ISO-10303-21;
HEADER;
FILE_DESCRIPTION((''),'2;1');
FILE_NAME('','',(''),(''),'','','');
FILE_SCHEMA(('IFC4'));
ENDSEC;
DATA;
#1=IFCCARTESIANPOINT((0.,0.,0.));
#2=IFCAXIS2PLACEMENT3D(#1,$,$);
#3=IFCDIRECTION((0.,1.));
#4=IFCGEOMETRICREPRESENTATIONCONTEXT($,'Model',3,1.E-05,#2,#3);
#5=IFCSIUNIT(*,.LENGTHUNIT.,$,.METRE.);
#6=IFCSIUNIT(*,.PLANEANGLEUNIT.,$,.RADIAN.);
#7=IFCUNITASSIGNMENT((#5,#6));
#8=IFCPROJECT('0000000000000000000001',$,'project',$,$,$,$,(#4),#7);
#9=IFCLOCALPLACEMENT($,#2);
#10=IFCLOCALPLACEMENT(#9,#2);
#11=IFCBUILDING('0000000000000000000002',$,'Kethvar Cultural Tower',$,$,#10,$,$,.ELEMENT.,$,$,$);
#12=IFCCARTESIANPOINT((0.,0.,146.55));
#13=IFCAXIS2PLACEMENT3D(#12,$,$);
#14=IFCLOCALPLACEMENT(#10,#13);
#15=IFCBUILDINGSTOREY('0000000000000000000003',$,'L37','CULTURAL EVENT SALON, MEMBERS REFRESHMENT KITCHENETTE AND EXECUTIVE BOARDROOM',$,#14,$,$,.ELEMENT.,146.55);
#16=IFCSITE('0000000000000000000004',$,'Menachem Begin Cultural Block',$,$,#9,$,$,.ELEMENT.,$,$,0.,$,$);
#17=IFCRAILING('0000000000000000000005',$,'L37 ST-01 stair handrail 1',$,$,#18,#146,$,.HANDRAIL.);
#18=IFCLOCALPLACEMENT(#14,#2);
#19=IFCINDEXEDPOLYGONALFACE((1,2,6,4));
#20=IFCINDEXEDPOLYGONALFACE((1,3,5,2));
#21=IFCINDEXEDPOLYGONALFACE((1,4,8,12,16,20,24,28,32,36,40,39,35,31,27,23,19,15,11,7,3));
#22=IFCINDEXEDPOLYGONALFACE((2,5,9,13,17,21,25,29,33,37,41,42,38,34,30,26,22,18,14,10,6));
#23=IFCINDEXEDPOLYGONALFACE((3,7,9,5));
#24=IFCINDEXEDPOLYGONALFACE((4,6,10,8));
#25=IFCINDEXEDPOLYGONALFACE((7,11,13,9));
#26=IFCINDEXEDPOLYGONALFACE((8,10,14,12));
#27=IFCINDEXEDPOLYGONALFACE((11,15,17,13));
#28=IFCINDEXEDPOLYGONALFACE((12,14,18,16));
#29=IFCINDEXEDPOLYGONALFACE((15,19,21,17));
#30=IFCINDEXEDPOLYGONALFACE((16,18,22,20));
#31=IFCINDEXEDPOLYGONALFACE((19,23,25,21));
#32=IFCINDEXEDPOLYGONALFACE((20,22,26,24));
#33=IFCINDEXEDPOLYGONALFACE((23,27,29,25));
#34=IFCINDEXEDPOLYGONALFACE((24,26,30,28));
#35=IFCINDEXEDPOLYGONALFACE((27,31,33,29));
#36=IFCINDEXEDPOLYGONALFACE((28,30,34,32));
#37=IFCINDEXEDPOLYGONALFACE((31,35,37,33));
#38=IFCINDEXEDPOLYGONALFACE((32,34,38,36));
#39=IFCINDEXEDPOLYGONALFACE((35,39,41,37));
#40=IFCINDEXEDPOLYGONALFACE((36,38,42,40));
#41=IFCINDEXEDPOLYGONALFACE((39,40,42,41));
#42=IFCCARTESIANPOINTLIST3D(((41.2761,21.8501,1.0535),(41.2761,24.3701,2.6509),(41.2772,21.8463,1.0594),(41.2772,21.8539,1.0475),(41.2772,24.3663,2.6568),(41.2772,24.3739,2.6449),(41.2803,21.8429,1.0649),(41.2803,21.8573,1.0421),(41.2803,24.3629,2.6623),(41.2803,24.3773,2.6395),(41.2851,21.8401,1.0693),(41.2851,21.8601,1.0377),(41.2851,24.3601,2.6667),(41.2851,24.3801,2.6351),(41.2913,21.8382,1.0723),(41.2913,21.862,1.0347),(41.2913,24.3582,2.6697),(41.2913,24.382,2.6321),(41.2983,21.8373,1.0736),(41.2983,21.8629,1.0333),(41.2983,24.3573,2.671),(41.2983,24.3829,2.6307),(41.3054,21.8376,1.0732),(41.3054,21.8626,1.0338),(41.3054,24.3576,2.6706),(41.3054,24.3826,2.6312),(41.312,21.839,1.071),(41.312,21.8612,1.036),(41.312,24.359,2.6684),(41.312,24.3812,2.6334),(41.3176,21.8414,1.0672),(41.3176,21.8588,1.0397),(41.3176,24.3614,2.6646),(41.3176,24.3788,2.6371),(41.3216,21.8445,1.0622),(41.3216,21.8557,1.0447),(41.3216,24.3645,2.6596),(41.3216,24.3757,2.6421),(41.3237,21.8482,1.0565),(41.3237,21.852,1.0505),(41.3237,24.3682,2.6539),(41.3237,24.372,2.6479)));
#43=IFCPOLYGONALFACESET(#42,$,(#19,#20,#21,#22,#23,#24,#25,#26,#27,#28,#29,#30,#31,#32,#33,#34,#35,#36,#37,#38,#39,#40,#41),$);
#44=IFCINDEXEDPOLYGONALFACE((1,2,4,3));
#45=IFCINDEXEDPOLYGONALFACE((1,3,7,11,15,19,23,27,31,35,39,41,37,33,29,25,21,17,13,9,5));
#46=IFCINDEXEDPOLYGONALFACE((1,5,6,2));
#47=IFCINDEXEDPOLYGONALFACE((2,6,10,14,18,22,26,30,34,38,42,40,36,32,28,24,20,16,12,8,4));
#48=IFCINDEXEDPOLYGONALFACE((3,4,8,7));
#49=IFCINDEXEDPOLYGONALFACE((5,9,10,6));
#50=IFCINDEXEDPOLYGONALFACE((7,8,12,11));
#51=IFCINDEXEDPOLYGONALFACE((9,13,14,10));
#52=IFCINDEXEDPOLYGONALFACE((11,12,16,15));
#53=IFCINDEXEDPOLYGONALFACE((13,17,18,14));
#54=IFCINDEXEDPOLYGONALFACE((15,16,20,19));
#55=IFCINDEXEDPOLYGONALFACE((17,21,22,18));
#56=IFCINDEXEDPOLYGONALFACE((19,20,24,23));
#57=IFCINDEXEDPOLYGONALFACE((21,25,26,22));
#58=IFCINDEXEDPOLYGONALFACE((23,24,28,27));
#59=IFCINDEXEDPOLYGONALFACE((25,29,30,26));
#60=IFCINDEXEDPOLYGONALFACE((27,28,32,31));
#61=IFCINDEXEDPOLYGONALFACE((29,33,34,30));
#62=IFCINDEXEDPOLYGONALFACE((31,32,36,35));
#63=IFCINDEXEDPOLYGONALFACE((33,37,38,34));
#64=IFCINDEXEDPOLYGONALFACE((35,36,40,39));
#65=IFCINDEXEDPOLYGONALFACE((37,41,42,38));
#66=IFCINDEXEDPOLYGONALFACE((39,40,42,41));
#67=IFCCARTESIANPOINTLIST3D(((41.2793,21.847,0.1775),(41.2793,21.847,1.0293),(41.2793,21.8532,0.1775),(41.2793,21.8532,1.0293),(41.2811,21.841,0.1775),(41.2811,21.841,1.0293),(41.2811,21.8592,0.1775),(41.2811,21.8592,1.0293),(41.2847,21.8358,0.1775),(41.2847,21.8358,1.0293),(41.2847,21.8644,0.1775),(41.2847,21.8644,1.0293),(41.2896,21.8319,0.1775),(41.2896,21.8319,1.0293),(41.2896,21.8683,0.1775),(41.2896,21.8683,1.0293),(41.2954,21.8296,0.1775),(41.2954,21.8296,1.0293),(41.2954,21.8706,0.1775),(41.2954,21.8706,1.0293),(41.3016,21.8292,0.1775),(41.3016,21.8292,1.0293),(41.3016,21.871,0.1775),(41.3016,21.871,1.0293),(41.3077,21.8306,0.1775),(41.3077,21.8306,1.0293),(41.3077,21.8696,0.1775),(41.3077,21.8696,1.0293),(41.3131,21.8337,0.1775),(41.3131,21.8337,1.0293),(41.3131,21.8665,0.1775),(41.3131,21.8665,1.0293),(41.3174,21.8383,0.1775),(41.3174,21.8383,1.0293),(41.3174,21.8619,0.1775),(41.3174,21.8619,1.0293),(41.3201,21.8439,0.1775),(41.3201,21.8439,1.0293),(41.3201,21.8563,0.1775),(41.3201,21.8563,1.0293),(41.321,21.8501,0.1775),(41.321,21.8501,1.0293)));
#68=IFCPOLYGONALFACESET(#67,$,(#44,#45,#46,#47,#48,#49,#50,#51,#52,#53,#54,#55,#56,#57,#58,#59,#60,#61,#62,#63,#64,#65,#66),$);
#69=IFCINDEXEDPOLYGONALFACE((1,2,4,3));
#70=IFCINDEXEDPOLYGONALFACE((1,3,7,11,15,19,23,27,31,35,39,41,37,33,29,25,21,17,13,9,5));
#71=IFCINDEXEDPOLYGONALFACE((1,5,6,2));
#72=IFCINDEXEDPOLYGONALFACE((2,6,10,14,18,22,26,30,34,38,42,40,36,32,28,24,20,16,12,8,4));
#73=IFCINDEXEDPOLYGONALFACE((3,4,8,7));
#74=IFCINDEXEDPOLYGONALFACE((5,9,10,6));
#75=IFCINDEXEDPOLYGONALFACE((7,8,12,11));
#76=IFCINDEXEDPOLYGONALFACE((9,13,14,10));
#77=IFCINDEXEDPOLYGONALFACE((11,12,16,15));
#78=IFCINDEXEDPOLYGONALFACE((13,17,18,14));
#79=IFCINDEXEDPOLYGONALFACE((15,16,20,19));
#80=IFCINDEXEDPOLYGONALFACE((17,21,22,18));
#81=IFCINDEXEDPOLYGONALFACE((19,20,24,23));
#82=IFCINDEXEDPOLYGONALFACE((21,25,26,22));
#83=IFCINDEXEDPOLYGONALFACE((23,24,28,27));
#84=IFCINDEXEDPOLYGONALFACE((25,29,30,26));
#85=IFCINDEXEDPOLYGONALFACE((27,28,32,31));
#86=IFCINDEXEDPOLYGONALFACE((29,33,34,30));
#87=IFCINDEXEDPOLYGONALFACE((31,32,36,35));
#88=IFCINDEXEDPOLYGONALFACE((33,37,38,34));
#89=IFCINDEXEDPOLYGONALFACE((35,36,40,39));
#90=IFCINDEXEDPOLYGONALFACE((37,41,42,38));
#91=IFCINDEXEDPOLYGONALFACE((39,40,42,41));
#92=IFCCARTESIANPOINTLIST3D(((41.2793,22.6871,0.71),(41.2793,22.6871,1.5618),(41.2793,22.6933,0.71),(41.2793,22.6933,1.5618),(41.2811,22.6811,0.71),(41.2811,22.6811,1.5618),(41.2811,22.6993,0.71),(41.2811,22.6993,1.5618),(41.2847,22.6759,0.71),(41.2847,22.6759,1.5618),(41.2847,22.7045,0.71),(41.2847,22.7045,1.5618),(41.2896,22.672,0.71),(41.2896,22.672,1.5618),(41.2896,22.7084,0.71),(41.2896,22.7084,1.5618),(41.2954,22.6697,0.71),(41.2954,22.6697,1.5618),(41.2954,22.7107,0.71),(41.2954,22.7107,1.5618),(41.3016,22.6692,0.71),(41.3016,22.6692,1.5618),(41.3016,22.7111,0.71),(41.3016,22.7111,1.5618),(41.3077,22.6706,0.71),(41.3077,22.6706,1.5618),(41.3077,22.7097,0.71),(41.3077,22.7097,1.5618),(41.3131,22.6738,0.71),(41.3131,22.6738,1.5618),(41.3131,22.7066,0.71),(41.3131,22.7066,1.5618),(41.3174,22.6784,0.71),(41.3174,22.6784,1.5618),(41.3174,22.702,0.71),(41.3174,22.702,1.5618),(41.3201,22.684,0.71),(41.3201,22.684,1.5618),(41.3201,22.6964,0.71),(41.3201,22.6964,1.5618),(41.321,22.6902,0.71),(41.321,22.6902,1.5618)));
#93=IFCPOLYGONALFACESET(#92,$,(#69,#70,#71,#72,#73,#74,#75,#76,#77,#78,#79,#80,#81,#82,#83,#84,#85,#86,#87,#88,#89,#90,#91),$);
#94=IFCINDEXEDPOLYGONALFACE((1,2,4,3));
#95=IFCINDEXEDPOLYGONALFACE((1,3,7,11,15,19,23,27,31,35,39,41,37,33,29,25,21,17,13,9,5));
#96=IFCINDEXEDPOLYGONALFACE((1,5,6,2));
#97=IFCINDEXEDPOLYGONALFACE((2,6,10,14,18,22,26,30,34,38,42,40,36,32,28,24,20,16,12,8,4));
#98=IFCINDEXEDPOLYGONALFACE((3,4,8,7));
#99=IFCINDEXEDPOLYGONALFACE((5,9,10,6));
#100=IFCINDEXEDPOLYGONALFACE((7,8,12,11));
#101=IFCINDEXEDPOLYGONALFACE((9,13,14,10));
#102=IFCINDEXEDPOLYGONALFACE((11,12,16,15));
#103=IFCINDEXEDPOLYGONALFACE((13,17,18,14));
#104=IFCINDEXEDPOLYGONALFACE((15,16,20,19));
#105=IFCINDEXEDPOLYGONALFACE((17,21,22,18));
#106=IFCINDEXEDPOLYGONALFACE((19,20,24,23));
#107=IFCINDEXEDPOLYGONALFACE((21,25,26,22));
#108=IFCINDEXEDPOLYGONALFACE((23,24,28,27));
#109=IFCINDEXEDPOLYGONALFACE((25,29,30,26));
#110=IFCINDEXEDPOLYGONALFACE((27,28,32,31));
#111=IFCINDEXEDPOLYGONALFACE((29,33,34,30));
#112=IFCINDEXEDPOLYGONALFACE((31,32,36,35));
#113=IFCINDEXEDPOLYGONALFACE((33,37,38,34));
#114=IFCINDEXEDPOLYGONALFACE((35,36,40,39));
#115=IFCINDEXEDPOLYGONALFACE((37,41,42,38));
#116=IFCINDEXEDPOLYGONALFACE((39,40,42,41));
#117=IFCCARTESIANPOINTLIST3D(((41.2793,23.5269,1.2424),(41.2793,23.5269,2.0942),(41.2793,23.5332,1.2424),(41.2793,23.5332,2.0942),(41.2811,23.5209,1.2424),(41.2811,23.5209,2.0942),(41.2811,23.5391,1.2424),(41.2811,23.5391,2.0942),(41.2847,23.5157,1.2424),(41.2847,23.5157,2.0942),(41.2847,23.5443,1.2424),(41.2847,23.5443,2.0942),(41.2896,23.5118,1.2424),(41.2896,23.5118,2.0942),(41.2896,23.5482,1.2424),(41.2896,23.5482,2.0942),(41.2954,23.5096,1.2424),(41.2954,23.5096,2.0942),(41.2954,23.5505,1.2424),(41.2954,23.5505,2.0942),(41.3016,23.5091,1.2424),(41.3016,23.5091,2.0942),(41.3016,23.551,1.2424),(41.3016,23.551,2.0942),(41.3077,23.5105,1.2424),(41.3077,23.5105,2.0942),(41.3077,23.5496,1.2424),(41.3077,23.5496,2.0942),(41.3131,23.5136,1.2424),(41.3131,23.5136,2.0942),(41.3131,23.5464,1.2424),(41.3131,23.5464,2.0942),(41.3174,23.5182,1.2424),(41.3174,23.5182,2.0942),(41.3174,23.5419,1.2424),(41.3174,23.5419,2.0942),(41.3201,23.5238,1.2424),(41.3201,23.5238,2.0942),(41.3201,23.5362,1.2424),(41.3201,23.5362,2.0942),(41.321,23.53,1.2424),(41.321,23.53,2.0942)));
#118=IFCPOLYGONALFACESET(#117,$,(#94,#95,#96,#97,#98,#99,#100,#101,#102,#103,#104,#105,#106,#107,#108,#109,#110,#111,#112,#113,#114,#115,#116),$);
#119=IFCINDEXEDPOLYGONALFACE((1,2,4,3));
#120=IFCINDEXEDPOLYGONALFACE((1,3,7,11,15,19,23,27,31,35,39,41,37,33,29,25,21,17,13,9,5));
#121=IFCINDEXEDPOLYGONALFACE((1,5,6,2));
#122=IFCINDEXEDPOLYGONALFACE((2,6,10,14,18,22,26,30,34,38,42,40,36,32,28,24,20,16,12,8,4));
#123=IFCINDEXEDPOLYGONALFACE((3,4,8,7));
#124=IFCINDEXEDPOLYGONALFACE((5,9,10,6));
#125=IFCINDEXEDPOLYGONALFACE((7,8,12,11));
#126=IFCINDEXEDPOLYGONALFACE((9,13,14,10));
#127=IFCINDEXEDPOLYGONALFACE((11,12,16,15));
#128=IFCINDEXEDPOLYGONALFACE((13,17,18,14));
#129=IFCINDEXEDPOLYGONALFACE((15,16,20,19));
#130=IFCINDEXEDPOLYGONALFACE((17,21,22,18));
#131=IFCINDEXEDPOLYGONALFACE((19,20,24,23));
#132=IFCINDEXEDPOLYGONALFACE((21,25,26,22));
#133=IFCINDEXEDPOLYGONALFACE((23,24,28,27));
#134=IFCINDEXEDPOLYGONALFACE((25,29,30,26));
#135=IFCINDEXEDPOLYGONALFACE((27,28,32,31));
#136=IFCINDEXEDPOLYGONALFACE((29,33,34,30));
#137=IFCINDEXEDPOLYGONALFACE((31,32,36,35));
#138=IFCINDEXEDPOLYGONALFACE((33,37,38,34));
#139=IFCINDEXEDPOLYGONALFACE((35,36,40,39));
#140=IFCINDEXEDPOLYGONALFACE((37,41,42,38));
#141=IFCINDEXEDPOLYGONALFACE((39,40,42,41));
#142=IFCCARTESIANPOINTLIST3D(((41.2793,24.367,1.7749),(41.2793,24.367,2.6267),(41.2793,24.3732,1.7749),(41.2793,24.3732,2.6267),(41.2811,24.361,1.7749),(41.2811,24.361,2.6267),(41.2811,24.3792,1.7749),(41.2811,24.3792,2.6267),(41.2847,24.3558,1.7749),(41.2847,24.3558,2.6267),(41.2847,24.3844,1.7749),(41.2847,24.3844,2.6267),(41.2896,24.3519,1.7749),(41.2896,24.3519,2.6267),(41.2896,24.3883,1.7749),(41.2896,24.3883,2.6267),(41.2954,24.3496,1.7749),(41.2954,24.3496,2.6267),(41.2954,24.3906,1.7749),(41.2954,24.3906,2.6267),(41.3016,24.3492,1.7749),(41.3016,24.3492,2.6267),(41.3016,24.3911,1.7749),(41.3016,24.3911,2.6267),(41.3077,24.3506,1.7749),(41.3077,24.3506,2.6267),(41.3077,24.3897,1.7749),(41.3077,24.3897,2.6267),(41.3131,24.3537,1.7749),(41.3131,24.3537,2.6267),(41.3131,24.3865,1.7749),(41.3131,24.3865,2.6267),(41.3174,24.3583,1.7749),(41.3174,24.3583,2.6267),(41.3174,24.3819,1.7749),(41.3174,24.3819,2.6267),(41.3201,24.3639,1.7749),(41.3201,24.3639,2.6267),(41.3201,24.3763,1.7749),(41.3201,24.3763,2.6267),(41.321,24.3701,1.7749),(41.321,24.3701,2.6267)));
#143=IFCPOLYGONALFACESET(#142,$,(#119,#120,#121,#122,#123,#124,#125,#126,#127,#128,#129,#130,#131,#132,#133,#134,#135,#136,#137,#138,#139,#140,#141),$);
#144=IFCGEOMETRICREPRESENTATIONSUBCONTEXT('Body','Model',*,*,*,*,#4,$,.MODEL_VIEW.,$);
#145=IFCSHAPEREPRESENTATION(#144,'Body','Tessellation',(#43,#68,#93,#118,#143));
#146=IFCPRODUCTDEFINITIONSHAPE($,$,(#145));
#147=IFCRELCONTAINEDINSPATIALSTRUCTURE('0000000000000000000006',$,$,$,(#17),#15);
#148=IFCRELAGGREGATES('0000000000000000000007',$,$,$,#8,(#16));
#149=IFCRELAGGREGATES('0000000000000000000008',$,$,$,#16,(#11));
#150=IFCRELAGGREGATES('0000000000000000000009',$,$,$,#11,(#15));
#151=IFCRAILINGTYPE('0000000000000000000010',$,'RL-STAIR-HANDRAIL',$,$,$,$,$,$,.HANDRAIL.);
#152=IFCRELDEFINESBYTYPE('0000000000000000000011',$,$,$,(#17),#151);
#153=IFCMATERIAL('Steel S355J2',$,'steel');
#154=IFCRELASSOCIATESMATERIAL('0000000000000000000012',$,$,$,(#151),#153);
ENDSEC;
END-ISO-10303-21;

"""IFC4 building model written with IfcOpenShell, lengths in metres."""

from ifc_helpers import new_model, si_unit, direction, frame, origin, origin_2d, place, context, subcontext, project, spatial, circle, extrude, material, type_object, element, save


model = new_model("IFC4")

# Units and contexts
model_context = context("Model", 3, precision=1e-05, world=origin(), true_north=direction((0.0, 1.0)))
body_context = subcontext(model_context, "Body", "Model", "MODEL_VIEW")
ifc_project = project(units=[si_unit("LENGTHUNIT", "METRE"), si_unit("PLANEANGLEUNIT", "RADIAN")], contexts=[model_context])

# Site, building, storey
site_placement = place(None, origin())
site = spatial("IfcSite", under=ifc_project, at=site_placement, Name="Menachem Begin Cultural Block", CompositionType="ELEMENT", RefElevation=0.0)
building_placement = place(site_placement, origin())
building = spatial("IfcBuilding", under=site, at=building_placement, Name="Kethvar Cultural Tower", CompositionType="ELEMENT")
storey_placement = place(building_placement, frame((0.0, 0.0, 146.55)))
storey = spatial("IfcBuildingStorey", under=building, at=storey_placement, Name="L37", Description="CULTURAL EVENT SALON, MEMBERS REFRESHMENT KITCHENETTE AND EXECUTIVE BOARDROOM", CompositionType="ELEMENT", Elevation=146.55)

# Shared definitions
ifc_material_1 = material(Name="Steel S355J2", Category="steel")

# Railing
railing_type_1 = type_object("IfcRailingType", Name="RL-STAIR-HANDRAIL", PredefinedType="HANDRAIL", material=ifc_material_1)
railing_1_placement = place(storey_placement, frame((41.3, 21.8501, 0.1775)))
element("IfcRailing", 1, at=railing_1_placement, inside=storey, type_object=railing_type_1, Name="L37 ST-01 stair handrail 1", PredefinedType="HANDRAIL", context=body_context, shape_type="SweptSolid", body=[
    extrude(circle(Radius=0.0239, at=origin_2d()), frame((0.0, 0.0, 0.876), z_axis=(0.0, 0.844607, 0.535387), x_axis=(-1.0, 0.0, 0.0)), (0.0, 0.0, 1.0), 2.9836),
    extrude(circle(Radius=0.021, at=origin_2d()), origin(), (0.0, 0.0, 1.0), 0.8518),
    extrude(circle(Radius=0.021, at=origin_2d()), frame((0.0, 0.8401, 0.5325)), (0.0, 0.0, 1.0), 0.8518),
    extrude(circle(Radius=0.021, at=origin_2d()), frame((0.0, 1.6799, 1.0649)), (0.0, 0.0, 1.0), 0.8518),
    extrude(circle(Radius=0.021, at=origin_2d()), frame((0.0, 2.52, 1.5974)), (0.0, 0.0, 1.0), 0.8518),
])

save(model, "model.ifc")
